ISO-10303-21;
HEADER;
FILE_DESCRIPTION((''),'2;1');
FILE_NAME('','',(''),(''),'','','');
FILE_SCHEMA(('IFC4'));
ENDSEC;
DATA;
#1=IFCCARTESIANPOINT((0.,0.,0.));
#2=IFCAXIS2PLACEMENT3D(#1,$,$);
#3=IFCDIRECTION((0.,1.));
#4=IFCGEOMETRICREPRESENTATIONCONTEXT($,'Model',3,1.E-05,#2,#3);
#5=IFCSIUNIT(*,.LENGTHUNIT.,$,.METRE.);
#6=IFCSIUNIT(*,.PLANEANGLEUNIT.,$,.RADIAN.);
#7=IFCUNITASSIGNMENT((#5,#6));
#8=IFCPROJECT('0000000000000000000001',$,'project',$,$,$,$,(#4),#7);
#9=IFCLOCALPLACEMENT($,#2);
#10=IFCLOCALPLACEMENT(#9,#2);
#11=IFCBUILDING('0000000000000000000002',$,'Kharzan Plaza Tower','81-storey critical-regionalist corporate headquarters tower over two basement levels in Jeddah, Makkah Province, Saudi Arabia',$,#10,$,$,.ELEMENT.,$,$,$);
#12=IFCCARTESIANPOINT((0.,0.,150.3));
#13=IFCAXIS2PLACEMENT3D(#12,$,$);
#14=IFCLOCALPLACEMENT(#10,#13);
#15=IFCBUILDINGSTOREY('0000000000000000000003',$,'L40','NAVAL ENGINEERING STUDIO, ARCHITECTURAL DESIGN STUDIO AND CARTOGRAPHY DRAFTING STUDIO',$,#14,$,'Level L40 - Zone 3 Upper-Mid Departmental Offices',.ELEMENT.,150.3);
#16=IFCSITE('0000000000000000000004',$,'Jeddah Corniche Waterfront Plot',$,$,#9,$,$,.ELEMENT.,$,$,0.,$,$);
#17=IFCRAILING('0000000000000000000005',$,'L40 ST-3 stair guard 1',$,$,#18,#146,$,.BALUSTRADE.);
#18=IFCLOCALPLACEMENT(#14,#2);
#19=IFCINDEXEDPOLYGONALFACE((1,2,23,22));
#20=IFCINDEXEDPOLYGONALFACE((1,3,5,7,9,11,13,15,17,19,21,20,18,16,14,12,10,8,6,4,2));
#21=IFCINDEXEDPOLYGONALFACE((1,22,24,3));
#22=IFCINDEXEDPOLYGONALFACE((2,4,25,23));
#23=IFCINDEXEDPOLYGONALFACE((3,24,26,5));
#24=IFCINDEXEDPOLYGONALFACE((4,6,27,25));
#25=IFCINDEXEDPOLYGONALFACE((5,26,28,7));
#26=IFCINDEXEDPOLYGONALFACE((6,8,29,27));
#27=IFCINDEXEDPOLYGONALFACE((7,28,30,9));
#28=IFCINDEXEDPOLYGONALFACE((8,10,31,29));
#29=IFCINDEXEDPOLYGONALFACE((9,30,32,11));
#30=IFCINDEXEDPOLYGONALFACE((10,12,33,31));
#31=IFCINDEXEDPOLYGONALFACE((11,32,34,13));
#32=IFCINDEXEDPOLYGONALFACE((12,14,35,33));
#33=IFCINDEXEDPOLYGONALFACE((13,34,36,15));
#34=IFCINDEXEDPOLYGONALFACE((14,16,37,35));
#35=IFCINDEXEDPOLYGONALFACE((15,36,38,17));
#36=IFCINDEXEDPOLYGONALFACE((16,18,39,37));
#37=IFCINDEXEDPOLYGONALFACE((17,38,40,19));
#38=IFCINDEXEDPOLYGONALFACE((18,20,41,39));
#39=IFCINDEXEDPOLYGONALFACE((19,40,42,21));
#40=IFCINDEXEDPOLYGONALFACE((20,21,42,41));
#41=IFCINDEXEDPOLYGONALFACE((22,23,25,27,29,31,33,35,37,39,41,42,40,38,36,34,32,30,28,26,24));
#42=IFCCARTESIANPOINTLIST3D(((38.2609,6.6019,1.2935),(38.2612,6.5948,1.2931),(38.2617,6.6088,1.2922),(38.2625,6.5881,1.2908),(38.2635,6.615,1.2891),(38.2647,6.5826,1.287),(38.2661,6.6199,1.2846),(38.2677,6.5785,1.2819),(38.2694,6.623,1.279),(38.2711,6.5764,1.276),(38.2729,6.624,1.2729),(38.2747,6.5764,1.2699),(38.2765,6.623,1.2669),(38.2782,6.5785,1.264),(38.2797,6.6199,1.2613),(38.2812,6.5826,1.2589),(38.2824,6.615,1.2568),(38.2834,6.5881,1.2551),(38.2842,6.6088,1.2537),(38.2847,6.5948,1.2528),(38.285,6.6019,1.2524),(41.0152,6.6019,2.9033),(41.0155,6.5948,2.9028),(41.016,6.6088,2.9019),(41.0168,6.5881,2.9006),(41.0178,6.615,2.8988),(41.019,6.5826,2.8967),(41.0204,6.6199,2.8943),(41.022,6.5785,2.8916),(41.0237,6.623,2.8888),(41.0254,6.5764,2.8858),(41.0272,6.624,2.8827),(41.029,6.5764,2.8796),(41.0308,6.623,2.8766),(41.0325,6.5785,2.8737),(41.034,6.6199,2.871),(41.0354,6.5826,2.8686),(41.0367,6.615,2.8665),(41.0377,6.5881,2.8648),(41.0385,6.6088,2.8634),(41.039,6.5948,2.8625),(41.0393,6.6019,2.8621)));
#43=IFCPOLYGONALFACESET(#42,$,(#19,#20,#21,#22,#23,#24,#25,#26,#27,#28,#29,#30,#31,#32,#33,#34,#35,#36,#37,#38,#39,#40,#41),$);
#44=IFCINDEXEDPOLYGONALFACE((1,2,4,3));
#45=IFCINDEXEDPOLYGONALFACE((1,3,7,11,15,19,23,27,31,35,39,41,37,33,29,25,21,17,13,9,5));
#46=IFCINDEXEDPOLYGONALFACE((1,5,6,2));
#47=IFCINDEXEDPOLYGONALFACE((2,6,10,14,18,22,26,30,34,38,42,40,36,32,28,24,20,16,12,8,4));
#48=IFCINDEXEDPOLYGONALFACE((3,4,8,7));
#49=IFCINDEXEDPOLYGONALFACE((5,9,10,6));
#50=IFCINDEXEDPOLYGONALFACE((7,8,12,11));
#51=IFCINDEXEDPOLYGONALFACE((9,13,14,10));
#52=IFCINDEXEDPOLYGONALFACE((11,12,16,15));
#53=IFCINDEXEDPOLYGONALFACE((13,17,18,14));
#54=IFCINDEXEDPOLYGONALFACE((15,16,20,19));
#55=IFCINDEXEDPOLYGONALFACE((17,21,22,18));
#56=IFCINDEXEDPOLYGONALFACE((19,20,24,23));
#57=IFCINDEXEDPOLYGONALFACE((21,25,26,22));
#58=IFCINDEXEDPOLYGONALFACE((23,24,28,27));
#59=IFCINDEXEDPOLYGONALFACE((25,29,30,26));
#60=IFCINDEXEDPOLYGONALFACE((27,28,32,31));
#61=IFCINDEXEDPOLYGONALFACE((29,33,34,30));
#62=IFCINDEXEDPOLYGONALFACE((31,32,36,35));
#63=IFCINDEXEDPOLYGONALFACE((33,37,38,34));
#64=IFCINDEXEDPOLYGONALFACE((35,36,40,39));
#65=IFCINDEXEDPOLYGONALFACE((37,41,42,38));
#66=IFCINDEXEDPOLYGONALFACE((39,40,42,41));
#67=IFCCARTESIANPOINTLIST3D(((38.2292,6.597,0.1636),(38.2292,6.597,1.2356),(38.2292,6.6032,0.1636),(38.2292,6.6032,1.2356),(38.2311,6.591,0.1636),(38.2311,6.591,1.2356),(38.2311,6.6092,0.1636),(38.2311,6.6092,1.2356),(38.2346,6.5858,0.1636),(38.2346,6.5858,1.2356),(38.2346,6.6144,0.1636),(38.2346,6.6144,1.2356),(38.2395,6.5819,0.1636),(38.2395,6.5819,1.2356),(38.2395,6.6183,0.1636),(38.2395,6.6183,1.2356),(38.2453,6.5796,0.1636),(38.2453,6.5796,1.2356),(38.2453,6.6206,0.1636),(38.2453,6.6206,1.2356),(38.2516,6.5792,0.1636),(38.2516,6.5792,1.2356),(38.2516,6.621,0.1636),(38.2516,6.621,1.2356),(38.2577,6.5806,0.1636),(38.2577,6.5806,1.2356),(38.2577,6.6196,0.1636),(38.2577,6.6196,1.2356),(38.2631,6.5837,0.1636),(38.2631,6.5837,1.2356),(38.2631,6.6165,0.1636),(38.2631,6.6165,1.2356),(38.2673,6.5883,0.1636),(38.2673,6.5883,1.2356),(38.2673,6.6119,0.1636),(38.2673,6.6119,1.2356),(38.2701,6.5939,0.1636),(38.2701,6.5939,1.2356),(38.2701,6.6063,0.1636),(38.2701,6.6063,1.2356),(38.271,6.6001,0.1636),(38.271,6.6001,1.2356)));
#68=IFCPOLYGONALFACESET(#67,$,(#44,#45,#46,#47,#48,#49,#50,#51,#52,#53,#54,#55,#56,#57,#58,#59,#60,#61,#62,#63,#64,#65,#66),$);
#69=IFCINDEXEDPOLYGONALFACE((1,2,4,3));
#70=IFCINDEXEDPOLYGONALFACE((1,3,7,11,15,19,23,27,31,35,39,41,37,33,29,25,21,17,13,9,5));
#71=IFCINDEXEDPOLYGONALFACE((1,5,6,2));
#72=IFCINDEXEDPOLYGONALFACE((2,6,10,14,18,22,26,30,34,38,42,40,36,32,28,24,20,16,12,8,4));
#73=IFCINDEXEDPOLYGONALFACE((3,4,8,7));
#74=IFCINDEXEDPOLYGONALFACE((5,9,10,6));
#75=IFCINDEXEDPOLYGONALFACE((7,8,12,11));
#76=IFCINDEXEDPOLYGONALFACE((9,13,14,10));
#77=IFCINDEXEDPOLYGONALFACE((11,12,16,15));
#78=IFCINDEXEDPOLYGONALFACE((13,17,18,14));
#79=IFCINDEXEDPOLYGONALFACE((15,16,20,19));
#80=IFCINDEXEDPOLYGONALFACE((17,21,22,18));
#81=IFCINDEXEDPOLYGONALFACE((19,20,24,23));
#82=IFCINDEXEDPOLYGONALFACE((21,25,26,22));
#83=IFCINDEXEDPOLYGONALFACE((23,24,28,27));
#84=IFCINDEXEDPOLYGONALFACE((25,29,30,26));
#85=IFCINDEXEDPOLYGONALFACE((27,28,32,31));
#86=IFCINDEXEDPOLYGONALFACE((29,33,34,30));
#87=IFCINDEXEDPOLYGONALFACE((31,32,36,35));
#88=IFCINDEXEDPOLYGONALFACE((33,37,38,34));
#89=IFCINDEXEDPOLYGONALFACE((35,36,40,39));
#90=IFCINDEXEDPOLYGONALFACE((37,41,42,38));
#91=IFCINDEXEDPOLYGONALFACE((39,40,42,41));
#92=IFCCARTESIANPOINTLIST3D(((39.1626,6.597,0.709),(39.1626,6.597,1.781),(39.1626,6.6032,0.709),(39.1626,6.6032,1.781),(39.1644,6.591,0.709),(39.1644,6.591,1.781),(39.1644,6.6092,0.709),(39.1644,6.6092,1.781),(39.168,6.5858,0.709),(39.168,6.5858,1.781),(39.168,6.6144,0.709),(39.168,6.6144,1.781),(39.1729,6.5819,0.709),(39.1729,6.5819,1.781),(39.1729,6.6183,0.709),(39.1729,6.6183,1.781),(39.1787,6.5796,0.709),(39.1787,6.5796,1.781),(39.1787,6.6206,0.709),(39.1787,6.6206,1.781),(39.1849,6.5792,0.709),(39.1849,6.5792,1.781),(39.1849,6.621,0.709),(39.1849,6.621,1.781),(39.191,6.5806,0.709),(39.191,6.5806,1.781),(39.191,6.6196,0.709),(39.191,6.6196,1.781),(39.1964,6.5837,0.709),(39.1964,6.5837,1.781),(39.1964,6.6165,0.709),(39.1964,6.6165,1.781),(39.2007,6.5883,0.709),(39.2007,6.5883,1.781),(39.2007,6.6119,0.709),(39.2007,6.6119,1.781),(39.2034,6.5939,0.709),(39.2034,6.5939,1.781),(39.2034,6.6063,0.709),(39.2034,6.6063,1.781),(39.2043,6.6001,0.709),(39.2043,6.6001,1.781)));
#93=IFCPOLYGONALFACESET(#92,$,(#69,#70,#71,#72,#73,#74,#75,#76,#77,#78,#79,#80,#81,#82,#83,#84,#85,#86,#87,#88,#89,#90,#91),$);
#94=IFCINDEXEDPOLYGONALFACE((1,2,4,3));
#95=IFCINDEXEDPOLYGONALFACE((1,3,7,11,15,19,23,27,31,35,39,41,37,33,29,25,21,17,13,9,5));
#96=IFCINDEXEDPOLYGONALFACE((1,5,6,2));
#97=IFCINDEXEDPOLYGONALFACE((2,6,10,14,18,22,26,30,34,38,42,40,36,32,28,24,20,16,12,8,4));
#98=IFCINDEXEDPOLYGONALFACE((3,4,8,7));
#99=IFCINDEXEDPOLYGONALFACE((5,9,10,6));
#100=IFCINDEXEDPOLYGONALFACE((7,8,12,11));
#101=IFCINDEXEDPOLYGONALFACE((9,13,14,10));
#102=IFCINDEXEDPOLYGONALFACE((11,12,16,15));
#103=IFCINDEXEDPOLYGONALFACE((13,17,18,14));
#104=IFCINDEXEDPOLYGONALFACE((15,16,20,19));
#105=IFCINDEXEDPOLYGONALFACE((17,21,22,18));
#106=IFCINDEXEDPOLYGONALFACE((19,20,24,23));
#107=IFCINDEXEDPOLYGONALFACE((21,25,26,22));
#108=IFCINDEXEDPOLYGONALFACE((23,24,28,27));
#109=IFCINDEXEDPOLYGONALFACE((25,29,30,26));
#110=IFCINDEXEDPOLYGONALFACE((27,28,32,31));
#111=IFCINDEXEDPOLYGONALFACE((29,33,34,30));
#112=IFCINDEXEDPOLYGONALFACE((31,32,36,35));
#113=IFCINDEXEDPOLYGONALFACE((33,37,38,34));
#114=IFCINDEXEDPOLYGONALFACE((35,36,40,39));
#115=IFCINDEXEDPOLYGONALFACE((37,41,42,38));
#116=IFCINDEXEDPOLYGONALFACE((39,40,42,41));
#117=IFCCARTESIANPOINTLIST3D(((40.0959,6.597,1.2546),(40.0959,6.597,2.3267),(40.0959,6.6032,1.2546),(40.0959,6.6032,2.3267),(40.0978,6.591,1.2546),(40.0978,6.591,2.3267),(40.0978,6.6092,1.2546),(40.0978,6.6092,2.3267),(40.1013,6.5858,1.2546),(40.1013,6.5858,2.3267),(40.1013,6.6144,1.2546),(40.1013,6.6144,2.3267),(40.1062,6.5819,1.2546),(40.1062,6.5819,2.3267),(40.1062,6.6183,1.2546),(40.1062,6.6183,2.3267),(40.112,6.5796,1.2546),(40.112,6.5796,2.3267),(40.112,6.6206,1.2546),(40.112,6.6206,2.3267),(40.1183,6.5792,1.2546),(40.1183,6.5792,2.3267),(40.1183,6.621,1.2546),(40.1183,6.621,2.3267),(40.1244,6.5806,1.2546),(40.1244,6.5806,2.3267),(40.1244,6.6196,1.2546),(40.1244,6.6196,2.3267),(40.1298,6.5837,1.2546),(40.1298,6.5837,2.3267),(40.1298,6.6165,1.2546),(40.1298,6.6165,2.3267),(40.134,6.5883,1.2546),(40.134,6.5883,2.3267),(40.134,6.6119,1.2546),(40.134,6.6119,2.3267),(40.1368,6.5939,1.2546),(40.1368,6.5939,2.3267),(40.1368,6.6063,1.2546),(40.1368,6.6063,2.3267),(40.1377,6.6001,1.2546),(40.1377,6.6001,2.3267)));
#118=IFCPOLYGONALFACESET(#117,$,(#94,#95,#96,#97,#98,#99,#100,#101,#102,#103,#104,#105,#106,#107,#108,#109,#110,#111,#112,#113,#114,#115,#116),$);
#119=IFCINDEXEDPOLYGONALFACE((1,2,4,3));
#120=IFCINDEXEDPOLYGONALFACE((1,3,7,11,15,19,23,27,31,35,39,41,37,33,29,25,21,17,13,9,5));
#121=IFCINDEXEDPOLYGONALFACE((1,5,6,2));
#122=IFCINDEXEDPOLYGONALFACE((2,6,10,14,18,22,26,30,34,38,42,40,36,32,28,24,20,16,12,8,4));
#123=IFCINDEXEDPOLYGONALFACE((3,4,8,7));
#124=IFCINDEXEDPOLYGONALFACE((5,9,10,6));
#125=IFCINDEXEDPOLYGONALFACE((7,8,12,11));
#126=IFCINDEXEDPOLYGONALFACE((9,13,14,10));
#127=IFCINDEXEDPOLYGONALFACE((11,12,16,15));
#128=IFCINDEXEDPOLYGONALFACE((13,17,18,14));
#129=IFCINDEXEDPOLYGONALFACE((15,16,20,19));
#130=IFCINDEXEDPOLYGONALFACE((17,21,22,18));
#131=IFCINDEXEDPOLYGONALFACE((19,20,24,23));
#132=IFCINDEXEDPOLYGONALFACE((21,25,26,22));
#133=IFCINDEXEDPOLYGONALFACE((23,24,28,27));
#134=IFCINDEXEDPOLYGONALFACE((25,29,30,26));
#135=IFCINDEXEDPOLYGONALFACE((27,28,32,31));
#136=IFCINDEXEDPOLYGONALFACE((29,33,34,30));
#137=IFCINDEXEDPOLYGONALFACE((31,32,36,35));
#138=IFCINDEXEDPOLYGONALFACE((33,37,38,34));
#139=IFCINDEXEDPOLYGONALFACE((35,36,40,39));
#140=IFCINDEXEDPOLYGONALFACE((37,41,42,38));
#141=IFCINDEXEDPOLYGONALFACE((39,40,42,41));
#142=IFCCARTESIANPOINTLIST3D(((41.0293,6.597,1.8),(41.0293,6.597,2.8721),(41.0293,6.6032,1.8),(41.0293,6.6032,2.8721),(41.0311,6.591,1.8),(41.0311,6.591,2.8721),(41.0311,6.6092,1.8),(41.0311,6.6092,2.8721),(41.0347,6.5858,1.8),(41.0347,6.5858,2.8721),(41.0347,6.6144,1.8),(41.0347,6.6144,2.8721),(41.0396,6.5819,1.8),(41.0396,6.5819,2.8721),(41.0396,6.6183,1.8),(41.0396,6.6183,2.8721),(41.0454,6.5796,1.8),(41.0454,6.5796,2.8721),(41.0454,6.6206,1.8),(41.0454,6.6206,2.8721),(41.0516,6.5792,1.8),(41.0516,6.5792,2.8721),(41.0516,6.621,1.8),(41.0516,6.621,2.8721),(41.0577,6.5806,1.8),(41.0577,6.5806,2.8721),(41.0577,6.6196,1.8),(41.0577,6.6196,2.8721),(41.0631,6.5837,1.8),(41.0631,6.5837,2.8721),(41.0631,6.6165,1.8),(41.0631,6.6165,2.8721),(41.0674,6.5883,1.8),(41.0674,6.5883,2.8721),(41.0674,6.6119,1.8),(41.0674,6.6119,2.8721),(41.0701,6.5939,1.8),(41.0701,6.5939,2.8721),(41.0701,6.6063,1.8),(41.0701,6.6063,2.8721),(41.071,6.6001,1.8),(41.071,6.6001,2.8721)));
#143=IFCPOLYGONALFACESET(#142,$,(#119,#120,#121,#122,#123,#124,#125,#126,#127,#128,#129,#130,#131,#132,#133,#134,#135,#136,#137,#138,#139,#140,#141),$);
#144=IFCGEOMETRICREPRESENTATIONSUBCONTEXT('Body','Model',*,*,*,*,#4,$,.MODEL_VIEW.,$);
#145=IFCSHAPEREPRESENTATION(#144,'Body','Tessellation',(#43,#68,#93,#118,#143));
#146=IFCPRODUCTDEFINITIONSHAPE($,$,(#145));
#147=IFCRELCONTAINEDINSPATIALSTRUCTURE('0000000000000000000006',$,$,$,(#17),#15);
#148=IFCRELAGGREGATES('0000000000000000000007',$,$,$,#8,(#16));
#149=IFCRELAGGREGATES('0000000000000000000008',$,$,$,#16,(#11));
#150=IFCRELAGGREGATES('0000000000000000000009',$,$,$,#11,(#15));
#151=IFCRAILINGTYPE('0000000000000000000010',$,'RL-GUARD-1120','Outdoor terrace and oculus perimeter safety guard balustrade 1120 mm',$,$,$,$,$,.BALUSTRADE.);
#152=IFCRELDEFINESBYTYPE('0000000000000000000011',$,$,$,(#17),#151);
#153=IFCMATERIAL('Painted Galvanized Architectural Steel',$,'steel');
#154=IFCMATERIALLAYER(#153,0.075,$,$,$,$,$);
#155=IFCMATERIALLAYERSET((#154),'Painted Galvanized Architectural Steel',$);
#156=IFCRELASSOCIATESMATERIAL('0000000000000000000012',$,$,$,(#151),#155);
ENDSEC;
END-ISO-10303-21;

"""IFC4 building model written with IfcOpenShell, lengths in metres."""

from ifc_helpers import new_model, si_unit, direction, frame, origin, origin_2d, place, context, subcontext, project, spatial, circle, extrude, source, transform, mapped, material, layer, layer_set, type_object, element, save


model = new_model("IFC4")

# Units and contexts
model_context = context("Model", 3, precision=1e-05, world=origin(), true_north=direction((0.0, 1.0)))
body_context = subcontext(model_context, "Body", "Model", "MODEL_VIEW")
ifc_project = project(units=[si_unit("LENGTHUNIT", "METRE"), si_unit("PLANEANGLEUNIT", "RADIAN")], contexts=[model_context])

# Site, building, storey
site_placement = place(None, origin())
site = spatial("IfcSite", under=ifc_project, at=site_placement, Name="Jeddah Corniche Waterfront Plot", CompositionType="ELEMENT", RefElevation=0.0)
building_placement = place(site_placement, origin())
building = spatial("IfcBuilding", under=site, at=building_placement, Name="Kharzan Plaza Tower", Description="81-storey critical-regionalist corporate headquarters tower over two basement levels in Jeddah, Makkah Province, Saudi Arabia", CompositionType="ELEMENT")
storey_placement = place(building_placement, frame((0.0, 0.0, 150.3)))
storey = spatial("IfcBuildingStorey", under=building, at=storey_placement, Name="L40", Description="NAVAL ENGINEERING STUDIO, ARCHITECTURAL DESIGN STUDIO AND CARTOGRAPHY DRAFTING STUDIO", LongName="Level L40 - Zone 3 Upper-Mid Departmental Offices", CompositionType="ELEMENT", Elevation=150.3)

# Railing
ifc_material_1 = material(Name="Painted Galvanized Architectural Steel", Category="steel")
ifc_layer_1 = layer(ifc_material_1, 0.075)
ifc_layer_set_1 = layer_set([ifc_layer_1], Name="Painted Galvanized Architectural Steel")
railing_type_1 = type_object("IfcRailingType", Name="RL-GUARD-1120", Description="Outdoor terrace and oculus perimeter safety guard balustrade 1120 mm", PredefinedType="BALUSTRADE", material=ifc_layer_set_1)
shared_shape_1 = source(origin(), body_context, "Body", "SweptSolid", [
    extrude(circle(Radius=0.0239, at=origin_2d()), frame((0.0229, 0.0, 1.1094), z_axis=(0.863361, 0.0, 0.504587), x_axis=(0.0, 1.0, 0.0)), (0.0, 0.0, 1.0), 3.1902),
    extrude(circle(Radius=0.021, at=origin_2d()), origin(), (0.0, 0.0, 1.0), 1.072),
    extrude(circle(Radius=0.021, at=origin_2d()), frame((0.9333, 0.0, 0.5454)), (0.0, 0.0, 1.0), 1.072),
    extrude(circle(Radius=0.021, at=origin_2d()), frame((1.8667, 0.0, 1.0911)), (0.0, 0.0, 1.0), 1.072),
    extrude(circle(Radius=0.021, at=origin_2d()), frame((2.8, 0.0, 1.6365)), (0.0, 0.0, 1.0), 1.072),
])
railing_1_placement = place(storey_placement, frame((38.25, 6.6001, 0.1636)))
element("IfcRailing", 1, at=railing_1_placement, inside=storey, type_object=railing_type_1, Name="L40 ST-3 stair guard 1", PredefinedType="BALUSTRADE", context=body_context, shape_type="MappedRepresentation", body=[
    mapped(shared_shape_1, transform((0.0, 0.0, 0.0), x_axis=(1.0, 0.0, 0.0), y_axis=(0.0, 1.0, 0.0), z_axis=(0.0, 0.0, 1.0))),
])

save(model, "model.ifc")
